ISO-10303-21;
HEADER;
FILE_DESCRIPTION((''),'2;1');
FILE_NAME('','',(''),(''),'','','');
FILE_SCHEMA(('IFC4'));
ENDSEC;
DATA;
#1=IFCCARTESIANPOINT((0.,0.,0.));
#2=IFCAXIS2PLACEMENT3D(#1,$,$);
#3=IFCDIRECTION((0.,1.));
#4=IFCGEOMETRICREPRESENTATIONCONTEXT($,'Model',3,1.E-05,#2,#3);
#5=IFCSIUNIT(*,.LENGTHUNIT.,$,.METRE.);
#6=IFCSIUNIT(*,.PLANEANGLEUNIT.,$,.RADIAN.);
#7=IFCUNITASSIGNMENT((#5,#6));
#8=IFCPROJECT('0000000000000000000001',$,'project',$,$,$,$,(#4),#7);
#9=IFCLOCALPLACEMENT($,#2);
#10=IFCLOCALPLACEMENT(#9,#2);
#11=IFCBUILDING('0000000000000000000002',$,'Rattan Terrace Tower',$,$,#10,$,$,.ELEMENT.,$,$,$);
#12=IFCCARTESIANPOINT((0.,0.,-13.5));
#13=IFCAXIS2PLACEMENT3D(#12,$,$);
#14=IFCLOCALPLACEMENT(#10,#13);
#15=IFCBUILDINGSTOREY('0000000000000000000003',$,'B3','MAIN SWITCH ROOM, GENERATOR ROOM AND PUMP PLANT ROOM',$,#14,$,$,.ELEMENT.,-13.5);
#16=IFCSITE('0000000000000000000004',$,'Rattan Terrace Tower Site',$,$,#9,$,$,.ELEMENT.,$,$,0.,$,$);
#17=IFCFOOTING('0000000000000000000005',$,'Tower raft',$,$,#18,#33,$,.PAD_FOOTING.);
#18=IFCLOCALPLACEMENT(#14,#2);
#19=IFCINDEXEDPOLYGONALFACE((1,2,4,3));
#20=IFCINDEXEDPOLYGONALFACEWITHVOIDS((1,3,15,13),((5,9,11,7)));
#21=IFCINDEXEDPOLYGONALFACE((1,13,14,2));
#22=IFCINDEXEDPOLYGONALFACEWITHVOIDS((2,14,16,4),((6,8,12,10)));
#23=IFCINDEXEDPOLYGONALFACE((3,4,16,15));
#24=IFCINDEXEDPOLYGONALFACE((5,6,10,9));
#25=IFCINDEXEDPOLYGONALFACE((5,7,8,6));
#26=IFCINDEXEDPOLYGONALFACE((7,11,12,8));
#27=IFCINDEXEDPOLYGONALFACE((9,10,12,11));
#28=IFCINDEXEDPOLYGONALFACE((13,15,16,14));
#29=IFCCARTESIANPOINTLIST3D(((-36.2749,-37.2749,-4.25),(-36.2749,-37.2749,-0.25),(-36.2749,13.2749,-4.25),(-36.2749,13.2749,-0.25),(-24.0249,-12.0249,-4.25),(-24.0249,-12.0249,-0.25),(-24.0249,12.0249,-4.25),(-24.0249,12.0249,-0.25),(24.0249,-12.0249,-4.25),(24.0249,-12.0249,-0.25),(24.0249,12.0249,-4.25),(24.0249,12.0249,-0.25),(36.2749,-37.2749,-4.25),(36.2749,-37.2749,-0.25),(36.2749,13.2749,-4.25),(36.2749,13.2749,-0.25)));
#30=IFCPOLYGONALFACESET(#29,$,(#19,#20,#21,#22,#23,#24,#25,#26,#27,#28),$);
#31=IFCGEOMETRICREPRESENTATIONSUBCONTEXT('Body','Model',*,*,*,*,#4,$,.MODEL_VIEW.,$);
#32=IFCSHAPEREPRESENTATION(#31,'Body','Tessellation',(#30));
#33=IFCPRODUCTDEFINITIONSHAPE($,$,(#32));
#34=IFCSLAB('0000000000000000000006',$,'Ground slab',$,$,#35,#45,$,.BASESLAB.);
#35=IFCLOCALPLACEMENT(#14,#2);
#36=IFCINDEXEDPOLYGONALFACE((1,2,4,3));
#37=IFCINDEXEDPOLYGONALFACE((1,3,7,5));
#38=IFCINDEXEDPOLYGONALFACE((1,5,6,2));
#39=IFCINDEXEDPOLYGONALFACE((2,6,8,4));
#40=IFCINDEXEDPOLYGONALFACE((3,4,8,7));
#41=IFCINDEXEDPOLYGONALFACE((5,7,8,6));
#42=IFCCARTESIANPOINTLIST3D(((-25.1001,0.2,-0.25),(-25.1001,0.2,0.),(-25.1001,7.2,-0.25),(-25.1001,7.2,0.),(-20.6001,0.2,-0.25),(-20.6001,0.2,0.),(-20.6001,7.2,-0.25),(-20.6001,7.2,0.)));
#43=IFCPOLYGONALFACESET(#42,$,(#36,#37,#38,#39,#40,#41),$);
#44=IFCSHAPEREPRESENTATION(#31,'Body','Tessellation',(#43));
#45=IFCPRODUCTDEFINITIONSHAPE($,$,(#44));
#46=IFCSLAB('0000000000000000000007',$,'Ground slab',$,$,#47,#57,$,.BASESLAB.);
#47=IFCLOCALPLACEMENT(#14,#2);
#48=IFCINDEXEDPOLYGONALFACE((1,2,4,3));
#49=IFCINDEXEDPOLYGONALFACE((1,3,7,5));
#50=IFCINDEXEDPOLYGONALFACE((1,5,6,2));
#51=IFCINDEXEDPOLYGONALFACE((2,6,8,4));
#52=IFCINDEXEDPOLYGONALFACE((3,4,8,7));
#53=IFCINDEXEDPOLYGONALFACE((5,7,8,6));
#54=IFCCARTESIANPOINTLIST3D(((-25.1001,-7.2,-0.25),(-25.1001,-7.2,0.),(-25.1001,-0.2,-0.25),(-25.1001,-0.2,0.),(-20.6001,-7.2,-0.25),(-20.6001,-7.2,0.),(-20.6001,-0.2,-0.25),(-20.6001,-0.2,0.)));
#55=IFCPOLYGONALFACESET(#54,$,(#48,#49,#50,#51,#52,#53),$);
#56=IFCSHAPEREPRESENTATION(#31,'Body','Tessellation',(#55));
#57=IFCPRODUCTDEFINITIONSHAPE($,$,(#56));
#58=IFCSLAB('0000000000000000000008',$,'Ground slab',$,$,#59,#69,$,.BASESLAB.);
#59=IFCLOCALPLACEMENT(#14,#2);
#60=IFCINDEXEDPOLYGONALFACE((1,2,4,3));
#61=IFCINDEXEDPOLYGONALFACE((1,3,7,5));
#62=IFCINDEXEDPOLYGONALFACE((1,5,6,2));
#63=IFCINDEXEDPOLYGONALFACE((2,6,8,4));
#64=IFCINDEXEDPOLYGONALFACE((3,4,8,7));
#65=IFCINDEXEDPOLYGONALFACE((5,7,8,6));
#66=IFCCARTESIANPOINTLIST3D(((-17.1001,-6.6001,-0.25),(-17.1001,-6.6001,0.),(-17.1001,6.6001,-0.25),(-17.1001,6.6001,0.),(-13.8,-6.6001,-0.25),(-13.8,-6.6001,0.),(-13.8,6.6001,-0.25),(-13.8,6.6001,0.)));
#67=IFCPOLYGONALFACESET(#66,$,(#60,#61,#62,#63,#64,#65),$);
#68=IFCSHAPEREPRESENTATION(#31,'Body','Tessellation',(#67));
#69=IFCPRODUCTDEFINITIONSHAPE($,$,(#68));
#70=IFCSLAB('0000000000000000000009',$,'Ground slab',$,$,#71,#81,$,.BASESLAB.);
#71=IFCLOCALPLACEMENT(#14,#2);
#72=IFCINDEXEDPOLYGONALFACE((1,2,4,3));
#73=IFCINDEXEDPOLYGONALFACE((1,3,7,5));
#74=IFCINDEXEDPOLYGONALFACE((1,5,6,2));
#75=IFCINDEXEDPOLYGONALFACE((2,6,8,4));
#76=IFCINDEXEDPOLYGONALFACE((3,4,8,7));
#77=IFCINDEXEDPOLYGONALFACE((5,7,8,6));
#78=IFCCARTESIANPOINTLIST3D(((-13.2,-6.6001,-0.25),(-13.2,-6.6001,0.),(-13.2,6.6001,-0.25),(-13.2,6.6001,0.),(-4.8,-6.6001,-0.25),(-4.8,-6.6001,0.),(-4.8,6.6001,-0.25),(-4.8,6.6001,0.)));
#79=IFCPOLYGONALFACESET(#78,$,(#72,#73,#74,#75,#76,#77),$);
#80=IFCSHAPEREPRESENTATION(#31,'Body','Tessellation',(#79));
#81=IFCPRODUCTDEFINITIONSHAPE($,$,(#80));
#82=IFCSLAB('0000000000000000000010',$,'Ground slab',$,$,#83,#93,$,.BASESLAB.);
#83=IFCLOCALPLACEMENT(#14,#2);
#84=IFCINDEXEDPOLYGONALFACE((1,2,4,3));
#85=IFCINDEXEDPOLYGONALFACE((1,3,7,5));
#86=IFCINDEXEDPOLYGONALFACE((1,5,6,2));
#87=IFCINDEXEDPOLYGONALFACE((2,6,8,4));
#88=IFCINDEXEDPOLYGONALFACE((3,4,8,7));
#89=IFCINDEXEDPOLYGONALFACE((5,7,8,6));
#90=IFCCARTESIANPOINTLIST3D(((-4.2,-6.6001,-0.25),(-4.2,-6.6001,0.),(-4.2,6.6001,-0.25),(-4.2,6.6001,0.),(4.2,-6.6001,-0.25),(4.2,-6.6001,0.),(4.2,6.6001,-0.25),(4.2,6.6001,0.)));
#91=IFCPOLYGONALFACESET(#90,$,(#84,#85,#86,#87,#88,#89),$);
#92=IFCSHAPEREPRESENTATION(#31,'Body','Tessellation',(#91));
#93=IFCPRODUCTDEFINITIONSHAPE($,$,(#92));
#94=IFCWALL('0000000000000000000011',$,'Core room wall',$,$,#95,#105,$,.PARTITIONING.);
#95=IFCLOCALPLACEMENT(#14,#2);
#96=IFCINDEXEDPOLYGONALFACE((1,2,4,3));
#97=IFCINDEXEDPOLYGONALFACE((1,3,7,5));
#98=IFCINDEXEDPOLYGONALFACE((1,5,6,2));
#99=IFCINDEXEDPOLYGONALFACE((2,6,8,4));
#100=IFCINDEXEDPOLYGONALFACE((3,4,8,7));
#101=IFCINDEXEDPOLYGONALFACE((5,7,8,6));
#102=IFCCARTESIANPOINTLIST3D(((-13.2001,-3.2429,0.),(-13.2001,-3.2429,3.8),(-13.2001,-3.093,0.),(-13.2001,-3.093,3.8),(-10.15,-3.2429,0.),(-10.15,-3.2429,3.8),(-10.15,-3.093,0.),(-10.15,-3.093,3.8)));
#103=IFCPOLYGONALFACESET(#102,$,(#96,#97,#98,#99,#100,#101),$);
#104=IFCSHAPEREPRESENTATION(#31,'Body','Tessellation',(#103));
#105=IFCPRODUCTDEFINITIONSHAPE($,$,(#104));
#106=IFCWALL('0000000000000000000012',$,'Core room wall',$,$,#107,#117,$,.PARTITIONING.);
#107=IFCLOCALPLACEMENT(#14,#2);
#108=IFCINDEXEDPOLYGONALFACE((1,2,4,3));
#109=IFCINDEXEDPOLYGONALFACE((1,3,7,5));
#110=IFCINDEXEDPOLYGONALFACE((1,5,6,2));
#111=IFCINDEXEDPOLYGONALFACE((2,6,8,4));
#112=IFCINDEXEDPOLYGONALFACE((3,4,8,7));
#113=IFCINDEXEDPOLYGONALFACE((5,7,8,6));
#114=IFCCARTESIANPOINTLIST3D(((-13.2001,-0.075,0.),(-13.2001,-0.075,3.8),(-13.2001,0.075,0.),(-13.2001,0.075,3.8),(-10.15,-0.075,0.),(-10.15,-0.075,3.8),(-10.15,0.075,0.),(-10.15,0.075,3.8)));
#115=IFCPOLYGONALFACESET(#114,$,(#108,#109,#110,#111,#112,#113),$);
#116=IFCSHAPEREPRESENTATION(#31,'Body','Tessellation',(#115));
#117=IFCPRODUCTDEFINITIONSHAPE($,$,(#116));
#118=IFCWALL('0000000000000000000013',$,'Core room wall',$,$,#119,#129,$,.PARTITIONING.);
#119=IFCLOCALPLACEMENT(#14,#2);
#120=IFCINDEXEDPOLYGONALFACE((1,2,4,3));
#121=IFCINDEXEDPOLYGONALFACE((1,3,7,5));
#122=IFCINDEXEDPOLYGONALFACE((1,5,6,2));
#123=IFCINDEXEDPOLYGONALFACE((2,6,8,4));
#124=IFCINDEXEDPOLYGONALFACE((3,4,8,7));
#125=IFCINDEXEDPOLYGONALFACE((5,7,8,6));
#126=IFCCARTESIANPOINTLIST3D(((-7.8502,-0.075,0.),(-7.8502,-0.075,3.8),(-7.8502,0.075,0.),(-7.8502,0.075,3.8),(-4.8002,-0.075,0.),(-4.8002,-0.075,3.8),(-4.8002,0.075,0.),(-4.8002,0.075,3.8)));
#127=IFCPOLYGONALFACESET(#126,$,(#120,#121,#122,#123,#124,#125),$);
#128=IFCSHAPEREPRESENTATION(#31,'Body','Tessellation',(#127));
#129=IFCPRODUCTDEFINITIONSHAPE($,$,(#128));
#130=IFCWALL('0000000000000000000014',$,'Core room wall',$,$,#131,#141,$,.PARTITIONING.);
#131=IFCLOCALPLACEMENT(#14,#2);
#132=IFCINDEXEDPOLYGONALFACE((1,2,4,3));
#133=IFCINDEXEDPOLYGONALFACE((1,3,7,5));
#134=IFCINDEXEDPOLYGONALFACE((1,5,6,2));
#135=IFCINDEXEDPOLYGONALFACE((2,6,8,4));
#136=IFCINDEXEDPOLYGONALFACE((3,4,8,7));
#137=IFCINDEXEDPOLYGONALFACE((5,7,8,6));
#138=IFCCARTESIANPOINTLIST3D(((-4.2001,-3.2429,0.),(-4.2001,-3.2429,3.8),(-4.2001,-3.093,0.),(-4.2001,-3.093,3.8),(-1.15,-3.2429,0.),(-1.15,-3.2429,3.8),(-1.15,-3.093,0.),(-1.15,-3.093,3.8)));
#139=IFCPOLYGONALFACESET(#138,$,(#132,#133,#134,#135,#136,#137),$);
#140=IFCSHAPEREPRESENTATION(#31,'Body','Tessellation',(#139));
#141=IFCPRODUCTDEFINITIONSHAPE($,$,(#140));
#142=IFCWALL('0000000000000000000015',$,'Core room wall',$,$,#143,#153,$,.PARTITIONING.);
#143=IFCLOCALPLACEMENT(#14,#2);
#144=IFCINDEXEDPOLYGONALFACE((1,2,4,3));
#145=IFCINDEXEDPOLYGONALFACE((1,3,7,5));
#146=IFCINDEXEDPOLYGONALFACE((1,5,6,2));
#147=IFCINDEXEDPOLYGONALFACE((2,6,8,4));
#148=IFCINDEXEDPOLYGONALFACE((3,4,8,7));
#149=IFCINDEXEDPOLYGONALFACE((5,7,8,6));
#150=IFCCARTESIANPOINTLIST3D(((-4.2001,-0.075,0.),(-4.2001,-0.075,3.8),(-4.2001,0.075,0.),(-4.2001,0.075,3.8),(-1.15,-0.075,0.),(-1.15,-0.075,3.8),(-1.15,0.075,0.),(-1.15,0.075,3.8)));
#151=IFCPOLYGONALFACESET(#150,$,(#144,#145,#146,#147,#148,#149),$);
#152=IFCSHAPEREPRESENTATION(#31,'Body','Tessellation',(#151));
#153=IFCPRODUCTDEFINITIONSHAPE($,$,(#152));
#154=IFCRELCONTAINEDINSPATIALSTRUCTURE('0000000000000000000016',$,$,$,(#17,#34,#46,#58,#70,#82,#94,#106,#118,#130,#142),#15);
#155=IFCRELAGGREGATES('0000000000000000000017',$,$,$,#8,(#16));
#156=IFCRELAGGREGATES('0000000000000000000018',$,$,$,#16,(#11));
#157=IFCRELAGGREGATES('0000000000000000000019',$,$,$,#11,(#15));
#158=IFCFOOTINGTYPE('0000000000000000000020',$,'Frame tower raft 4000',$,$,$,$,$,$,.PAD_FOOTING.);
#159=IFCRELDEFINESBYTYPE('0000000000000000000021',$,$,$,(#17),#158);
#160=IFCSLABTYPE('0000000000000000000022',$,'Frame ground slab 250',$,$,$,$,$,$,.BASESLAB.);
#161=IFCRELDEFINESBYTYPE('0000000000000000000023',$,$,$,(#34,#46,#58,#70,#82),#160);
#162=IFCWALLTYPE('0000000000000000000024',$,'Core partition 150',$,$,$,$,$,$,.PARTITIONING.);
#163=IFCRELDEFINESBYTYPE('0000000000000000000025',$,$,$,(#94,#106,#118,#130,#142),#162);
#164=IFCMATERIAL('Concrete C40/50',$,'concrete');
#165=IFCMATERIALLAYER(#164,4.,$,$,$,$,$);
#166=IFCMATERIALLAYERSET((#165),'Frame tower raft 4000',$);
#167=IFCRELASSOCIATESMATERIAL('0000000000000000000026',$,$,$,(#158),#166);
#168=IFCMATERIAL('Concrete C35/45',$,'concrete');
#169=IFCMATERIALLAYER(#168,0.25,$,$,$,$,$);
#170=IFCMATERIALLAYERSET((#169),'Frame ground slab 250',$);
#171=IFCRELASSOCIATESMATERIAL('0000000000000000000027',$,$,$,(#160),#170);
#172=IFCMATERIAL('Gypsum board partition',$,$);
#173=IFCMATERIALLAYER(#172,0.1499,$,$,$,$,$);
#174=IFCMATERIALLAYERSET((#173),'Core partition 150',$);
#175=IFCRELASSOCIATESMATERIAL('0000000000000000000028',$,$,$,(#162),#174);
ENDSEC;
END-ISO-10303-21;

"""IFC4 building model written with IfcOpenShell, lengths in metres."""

from ifc_helpers import new_model, si_unit, direction, frame, frame_2d, origin, place, context, subcontext, project, spatial, polyline, rectangle, outline, extrude, material, layer, layer_set, type_object, element, save


model = new_model("IFC4")

# Units and contexts
model_context = context("Model", 3, precision=1e-05, world=origin(), true_north=direction((0.0, 1.0)))
body_context = subcontext(model_context, "Body", "Model", "MODEL_VIEW")
ifc_project = project(units=[si_unit("LENGTHUNIT", "METRE"), si_unit("PLANEANGLEUNIT", "RADIAN")], contexts=[model_context])

# Site, building, storey
site_placement = place(None, origin())
site = spatial("IfcSite", under=ifc_project, at=site_placement, Name="Rattan Terrace Tower Site", CompositionType="ELEMENT", RefElevation=0.0)
building_placement = place(site_placement, origin())
building = spatial("IfcBuilding", under=site, at=building_placement, Name="Rattan Terrace Tower", CompositionType="ELEMENT")
storey_placement = place(building_placement, frame((0.0, 0.0, -13.5)))
storey = spatial("IfcBuildingStorey", under=building, at=storey_placement, Name="B3", Description="MAIN SWITCH ROOM, GENERATOR ROOM AND PUMP PLANT ROOM", CompositionType="ELEMENT", Elevation=-13.5)

# Footing
ifc_material_1 = material(Name="Concrete C40/50", Category="concrete")
ifc_layer_1 = layer(ifc_material_1, 4.0)
ifc_layer_set_1 = layer_set([ifc_layer_1], Name="Frame tower raft 4000")
footing_type_1 = type_object("IfcFootingType", Name="Frame tower raft 4000", PredefinedType="PAD_FOOTING", material=ifc_layer_set_1)
footing_1_placement = place(storey_placement, frame((0.0, 0.0, -4.25)))
element("IfcFooting", 1, at=footing_1_placement, inside=storey, type_object=footing_type_1, Name="Tower raft", PredefinedType="PAD_FOOTING", context=body_context, shape_type="SweptSolid", body=[
    extrude(outline(polyline([(-36.2749, -37.2749), (36.2749, -37.2749), (36.2749, 13.2749), (-36.2749, 13.2749), (-36.2749, -37.2749)]), holes=[polyline([(24.0249, 12.0249), (-24.0249, 12.0249), (-24.0249, -12.0249), (24.0249, -12.0249), (24.0249, 12.0249)])]), origin(), (0.0, 0.0, 1.0), 4.0),
])

# Slabs
ifc_material_2 = material(Name="Concrete C35/45", Category="concrete")
ifc_layer_2 = layer(ifc_material_2, 0.25)
ifc_layer_set_2 = layer_set([ifc_layer_2], Name="Frame ground slab 250")
slab_type = type_object("IfcSlabType", Name="Frame ground slab 250", PredefinedType="BASESLAB", material=ifc_layer_set_2)
slab_1_placement = place(storey_placement, frame((0.0, 0.0, -0.25)))
element("IfcSlab", 2, at=slab_1_placement, inside=storey, type_object=slab_type, Name="Ground slab", PredefinedType="BASESLAB", context=body_context, shape_type="SweptSolid", body=[
    extrude(outline(polyline([(-20.6001, 0.2), (-20.6001, 7.2), (-25.1001, 7.2), (-25.1001, 0.2), (-20.6001, 0.2)])), origin(), (0.0, 0.0, 1.0), 0.25),
])
slab_2_placement = place(storey_placement, frame((0.0, 0.0, -0.25)))
element("IfcSlab", 3, at=slab_2_placement, inside=storey, type_object=slab_type, Name="Ground slab", PredefinedType="BASESLAB", context=body_context, shape_type="SweptSolid", body=[
    extrude(outline(polyline([(-20.6001, -0.2), (-25.1001, -0.2), (-25.1001, -7.2), (-20.6001, -7.2), (-20.6001, -0.2)])), origin(), (0.0, 0.0, 1.0), 0.25),
])
slab_3_placement = place(storey_placement, frame((0.0, 0.0, -0.25)))
element("IfcSlab", 4, at=slab_3_placement, inside=storey, type_object=slab_type, Name="Ground slab", PredefinedType="BASESLAB", context=body_context, shape_type="SweptSolid", body=[
    extrude(outline(polyline([(-17.1001, 6.6001), (-17.1001, -6.6001), (-13.8, -6.6001), (-13.8, 6.6001), (-17.1001, 6.6001)])), origin(), (0.0, 0.0, 1.0), 0.25),
])
slab_4_placement = place(storey_placement, frame((0.0, 0.0, -0.25)))
element("IfcSlab", 5, at=slab_4_placement, inside=storey, type_object=slab_type, Name="Ground slab", PredefinedType="BASESLAB", context=body_context, shape_type="SweptSolid", body=[
    extrude(outline(polyline([(-13.2, 6.6001), (-13.2, -6.6001), (-4.8, -6.6001), (-4.8, 6.6001), (-13.2, 6.6001)])), origin(), (0.0, 0.0, 1.0), 0.25),
])
slab_5_placement = place(storey_placement, frame((0.0, 0.0, -0.25)))
element("IfcSlab", 6, at=slab_5_placement, inside=storey, type_object=slab_type, Name="Ground slab", PredefinedType="BASESLAB", context=body_context, shape_type="SweptSolid", body=[
    extrude(outline(polyline([(-4.2, 6.6001), (-4.2, -6.6001), (4.2, -6.6001), (4.2, 6.6001), (-4.2, 6.6001)])), origin(), (0.0, 0.0, 1.0), 0.25),
])

# Walls
ifc_material_3 = material(Name="Gypsum board partition")
ifc_layer_3 = layer(ifc_material_3, 0.1499)
ifc_layer_set_3 = layer_set([ifc_layer_3], Name="Core partition 150")
wall_type = type_object("IfcWallType", Name="Core partition 150", PredefinedType="PARTITIONING", material=ifc_layer_set_3)
for number, where, z_axis, x_axis, name in (
    (7, (-13.2, -3.168, 0.0), (0.0, 0.0, 1.0), (1.0, 0.0, 0.0), "Core room wall"),
    (8, (-13.2, 0.0, 0.0), (0.0, 0.0, 1.0), (1.0, 0.0, 0.0), "Core room wall"),
    (9, (-7.8501, 0.0, 0.0), (0.0, 0.0, 1.0), (1.0, 0.0, 0.0), "Core room wall"),
    (10, (-4.2, -3.168, 0.0), (0.0, 0.0, 1.0), (1.0, 0.0, 0.0), "Core room wall"),
    (11, (-4.2, 0.0, 0.0), (0.0, 0.0, 1.0), (1.0, 0.0, 0.0), "Core room wall"),
):
    element("IfcWall", number, at=place(storey_placement, frame(where, z_axis=z_axis, x_axis=x_axis)), inside=storey, type_object=wall_type, Name=name, PredefinedType="PARTITIONING", context=body_context, shape_type="SweptSolid", body=[
        extrude(rectangle(XDim=3.05, YDim=0.1499, at=frame_2d((1.5249, 0.0))), origin(), (0.0, 0.0, 1.0), 3.8),
    ])

save(model, "model.ifc")
